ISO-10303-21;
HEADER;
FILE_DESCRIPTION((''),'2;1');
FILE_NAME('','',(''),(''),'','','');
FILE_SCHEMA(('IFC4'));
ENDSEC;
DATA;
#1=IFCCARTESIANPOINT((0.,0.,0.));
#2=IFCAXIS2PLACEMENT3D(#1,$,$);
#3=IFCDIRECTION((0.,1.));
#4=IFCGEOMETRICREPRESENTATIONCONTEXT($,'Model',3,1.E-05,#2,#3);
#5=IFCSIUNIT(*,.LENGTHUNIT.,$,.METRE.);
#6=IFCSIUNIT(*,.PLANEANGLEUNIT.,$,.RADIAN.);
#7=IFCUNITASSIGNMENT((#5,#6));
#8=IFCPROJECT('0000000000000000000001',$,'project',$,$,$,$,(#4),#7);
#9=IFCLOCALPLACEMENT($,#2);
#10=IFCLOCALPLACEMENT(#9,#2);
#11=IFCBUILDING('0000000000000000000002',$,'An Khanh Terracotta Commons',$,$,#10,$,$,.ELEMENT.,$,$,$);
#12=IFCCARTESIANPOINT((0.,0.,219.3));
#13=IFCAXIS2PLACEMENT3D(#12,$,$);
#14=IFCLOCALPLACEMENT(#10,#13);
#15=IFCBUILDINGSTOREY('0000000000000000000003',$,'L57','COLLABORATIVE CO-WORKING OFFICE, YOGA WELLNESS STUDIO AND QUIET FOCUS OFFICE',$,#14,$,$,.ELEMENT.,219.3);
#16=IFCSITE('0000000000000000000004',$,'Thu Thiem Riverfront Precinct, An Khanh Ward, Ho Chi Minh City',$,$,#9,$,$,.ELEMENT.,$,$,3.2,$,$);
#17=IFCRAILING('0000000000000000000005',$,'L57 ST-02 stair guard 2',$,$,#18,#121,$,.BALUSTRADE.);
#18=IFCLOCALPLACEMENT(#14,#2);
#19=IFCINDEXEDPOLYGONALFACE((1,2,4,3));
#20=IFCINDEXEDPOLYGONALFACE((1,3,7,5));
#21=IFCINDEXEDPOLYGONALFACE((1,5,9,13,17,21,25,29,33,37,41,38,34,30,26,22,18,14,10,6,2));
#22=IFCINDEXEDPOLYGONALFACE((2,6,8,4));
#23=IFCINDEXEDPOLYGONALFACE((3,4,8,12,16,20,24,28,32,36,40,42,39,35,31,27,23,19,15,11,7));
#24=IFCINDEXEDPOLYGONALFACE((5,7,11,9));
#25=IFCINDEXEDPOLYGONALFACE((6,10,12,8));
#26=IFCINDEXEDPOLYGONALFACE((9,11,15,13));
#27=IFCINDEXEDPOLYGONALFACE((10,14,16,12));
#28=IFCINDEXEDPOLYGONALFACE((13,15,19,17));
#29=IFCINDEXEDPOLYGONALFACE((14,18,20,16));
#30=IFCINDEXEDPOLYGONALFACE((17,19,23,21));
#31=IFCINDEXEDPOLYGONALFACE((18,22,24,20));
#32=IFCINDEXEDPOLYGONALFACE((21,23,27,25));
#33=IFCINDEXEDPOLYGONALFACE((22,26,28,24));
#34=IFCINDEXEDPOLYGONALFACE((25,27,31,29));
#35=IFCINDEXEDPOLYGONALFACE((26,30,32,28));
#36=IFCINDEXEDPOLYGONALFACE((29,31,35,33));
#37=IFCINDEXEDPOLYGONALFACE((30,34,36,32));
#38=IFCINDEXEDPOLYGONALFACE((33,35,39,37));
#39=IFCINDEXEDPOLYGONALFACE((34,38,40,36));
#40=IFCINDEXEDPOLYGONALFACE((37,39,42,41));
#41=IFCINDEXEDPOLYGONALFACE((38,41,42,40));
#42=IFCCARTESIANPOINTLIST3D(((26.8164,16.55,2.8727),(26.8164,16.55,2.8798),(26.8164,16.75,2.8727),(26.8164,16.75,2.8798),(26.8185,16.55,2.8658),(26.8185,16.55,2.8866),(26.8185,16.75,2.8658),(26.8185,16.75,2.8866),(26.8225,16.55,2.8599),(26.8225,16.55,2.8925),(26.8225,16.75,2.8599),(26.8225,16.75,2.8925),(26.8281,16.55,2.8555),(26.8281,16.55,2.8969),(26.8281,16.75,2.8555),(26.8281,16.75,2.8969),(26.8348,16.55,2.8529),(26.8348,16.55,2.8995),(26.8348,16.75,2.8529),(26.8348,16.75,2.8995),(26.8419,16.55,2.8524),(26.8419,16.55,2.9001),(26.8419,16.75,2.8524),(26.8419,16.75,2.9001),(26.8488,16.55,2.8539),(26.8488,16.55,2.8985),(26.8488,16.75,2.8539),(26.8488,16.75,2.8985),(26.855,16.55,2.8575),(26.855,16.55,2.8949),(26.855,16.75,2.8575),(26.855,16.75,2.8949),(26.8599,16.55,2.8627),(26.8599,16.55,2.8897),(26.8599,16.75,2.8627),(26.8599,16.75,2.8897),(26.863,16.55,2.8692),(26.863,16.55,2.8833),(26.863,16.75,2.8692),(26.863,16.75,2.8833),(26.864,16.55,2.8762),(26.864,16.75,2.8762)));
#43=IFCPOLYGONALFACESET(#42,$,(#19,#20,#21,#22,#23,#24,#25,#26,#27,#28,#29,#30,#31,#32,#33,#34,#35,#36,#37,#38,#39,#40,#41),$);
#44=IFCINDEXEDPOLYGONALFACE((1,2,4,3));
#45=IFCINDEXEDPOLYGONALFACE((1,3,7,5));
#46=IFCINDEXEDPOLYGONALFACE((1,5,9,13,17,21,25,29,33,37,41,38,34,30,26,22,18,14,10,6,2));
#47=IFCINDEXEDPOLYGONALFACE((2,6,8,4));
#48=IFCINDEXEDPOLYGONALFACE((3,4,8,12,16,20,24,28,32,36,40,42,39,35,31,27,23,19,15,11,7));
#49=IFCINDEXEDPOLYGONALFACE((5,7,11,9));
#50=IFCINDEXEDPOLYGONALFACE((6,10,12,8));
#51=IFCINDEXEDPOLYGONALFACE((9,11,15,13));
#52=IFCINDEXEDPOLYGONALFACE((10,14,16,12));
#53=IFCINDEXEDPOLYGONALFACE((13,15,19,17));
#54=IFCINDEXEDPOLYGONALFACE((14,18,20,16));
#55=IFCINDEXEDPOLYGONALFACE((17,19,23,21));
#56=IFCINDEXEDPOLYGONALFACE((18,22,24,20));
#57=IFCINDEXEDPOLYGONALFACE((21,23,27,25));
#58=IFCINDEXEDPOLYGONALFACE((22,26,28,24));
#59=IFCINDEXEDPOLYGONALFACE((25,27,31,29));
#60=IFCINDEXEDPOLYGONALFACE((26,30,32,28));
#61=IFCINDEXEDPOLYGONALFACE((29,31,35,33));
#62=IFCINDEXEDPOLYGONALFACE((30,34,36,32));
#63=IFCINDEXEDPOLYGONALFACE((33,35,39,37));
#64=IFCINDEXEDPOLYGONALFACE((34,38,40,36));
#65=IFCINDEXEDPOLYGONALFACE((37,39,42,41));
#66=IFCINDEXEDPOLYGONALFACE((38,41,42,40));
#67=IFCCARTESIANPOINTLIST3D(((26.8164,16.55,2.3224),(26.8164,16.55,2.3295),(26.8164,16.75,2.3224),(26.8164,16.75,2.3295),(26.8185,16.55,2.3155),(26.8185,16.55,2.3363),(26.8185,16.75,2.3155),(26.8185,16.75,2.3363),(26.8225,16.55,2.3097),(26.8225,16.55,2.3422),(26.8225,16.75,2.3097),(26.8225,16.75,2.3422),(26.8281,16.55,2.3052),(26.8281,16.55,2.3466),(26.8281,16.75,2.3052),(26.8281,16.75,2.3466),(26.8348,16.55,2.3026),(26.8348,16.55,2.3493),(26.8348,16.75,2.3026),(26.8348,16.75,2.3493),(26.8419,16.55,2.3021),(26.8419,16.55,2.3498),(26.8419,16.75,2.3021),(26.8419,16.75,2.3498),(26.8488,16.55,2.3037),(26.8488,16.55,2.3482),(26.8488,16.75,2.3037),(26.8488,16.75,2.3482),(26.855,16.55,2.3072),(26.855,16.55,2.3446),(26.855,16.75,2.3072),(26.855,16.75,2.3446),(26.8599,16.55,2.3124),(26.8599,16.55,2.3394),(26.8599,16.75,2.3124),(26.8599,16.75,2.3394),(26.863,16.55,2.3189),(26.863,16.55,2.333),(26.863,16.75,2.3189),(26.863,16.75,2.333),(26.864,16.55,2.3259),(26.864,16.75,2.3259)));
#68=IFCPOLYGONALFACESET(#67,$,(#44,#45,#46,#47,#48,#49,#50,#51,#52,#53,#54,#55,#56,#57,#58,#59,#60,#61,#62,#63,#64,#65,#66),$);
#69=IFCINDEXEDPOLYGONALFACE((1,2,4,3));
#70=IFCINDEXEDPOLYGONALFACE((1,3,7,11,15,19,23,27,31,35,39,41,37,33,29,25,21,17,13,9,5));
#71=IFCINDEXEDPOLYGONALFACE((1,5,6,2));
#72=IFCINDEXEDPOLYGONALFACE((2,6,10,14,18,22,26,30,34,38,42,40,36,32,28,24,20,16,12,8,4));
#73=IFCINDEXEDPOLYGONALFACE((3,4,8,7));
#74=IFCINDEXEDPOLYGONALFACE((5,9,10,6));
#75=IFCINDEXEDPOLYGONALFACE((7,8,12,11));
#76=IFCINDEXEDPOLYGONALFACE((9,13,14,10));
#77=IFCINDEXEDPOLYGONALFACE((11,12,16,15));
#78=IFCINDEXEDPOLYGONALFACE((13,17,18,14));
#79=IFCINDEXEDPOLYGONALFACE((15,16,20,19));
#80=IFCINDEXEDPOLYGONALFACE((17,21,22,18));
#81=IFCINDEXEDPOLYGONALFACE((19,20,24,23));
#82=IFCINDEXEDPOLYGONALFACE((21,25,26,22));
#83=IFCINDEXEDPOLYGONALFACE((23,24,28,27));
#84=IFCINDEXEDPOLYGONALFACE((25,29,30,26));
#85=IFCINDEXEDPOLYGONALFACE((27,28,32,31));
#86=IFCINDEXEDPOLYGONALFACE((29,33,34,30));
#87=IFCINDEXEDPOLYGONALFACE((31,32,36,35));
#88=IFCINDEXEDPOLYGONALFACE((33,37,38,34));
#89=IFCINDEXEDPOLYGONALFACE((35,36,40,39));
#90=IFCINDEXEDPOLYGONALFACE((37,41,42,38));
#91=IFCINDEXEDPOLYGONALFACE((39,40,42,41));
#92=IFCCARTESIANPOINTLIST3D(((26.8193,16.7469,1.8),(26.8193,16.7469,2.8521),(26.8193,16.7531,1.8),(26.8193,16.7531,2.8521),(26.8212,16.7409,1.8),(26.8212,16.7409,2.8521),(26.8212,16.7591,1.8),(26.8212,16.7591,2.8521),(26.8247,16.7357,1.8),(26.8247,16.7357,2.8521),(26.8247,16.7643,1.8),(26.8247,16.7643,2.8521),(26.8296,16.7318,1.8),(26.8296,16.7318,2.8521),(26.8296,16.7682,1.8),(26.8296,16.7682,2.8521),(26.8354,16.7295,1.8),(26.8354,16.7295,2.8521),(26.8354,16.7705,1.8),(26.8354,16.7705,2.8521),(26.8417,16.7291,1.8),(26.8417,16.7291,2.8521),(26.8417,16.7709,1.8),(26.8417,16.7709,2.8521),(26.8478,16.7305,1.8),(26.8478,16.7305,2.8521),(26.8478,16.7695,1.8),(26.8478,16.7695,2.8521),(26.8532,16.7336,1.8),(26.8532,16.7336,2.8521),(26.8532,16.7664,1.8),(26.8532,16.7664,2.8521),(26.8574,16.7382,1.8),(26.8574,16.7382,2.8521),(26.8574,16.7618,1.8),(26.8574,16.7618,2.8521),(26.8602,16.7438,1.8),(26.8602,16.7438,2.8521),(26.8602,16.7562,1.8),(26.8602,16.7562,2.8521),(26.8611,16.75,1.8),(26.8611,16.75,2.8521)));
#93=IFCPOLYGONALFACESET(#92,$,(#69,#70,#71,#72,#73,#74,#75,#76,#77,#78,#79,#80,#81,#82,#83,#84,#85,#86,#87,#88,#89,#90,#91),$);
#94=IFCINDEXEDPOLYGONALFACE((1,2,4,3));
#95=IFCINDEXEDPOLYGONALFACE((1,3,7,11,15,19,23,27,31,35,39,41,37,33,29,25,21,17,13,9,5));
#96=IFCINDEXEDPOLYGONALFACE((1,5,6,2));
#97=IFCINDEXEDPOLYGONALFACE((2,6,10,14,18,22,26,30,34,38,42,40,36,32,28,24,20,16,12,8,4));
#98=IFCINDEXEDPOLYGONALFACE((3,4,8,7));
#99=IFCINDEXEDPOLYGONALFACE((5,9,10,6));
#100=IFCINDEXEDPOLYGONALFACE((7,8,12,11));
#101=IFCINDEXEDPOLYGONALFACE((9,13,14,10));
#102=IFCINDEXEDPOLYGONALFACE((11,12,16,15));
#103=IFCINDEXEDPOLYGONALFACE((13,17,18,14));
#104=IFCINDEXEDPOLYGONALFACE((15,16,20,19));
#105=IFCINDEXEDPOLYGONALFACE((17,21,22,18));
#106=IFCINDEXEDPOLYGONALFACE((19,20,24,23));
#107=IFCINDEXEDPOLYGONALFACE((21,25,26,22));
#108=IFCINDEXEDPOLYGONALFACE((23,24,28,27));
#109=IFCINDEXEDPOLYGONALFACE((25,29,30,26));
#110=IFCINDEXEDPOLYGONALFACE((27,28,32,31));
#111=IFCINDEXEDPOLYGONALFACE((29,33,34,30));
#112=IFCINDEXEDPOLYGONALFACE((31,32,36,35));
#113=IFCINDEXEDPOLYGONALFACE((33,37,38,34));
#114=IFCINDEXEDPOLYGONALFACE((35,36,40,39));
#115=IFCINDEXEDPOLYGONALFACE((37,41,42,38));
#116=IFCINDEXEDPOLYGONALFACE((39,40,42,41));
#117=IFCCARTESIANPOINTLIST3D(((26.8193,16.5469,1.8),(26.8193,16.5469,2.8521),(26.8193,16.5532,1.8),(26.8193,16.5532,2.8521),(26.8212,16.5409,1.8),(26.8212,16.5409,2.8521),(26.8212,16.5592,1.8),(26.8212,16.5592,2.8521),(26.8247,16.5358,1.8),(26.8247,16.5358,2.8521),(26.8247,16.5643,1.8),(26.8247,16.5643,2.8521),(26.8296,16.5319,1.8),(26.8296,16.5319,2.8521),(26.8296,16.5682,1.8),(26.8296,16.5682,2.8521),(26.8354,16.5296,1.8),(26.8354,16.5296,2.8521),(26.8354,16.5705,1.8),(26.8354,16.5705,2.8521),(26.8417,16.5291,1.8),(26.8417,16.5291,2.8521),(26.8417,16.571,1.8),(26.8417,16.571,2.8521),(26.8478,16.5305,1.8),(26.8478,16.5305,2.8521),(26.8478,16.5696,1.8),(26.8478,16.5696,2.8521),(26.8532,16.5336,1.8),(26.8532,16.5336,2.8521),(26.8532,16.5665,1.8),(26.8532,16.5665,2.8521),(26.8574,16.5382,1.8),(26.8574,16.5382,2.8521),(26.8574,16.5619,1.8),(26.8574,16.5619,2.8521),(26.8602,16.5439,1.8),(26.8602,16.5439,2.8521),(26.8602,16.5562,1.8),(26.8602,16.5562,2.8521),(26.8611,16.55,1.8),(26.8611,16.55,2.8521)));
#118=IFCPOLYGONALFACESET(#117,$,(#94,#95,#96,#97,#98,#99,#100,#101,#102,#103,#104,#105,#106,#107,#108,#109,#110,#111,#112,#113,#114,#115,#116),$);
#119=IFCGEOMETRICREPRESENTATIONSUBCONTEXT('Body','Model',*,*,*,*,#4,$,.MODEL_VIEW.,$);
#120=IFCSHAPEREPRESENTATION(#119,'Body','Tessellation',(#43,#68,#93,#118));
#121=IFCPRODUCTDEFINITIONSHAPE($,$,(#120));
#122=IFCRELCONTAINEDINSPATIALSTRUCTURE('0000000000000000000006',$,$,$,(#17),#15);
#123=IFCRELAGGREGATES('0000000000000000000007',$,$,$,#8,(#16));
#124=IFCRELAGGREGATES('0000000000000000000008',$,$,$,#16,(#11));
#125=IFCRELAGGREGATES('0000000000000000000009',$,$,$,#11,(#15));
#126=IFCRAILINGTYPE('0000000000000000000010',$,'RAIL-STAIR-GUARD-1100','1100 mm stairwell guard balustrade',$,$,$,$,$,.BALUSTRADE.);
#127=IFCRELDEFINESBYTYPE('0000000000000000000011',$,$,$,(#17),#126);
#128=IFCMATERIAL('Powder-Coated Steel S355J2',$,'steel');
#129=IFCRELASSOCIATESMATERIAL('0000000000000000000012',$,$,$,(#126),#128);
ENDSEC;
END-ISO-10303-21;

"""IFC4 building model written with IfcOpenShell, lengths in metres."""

from ifc_helpers import new_model, si_unit, direction, frame, origin, origin_2d, place, context, subcontext, project, spatial, circle, extrude, material, type_object, element, save


model = new_model("IFC4")

# Units and contexts
model_context = context("Model", 3, precision=1e-05, world=origin(), true_north=direction((0.0, 1.0)))
body_context = subcontext(model_context, "Body", "Model", "MODEL_VIEW")
ifc_project = project(units=[si_unit("LENGTHUNIT", "METRE"), si_unit("PLANEANGLEUNIT", "RADIAN")], contexts=[model_context])

# Site, building, storey
site_placement = place(None, origin())
site = spatial("IfcSite", under=ifc_project, at=site_placement, Name="Thu Thiem Riverfront Precinct, An Khanh Ward, Ho Chi Minh City", CompositionType="ELEMENT", RefElevation=3.2)
building_placement = place(site_placement, origin())
building = spatial("IfcBuilding", under=site, at=building_placement, Name="An Khanh Terracotta Commons", CompositionType="ELEMENT")
storey_placement = place(building_placement, frame((0.0, 0.0, 219.3)))
storey = spatial("IfcBuildingStorey", under=building, at=storey_placement, Name="L57", Description="COLLABORATIVE CO-WORKING OFFICE, YOGA WELLNESS STUDIO AND QUIET FOCUS OFFICE", CompositionType="ELEMENT", Elevation=219.3)

# Railing
ifc_material_1 = material(Name="Powder-Coated Steel S355J2", Category="steel")
railing_type_1 = type_object("IfcRailingType", Name="RAIL-STAIR-GUARD-1100", Description="1100 mm stairwell guard balustrade", PredefinedType="BALUSTRADE", material=ifc_material_1)
railing_1_placement = place(storey_placement, frame((26.8401, 16.75, 1.8)))
element("IfcRailing", 1, at=railing_1_placement, inside=storey, type_object=railing_type_1, Name="L57 ST-02 stair guard 2", PredefinedType="BALUSTRADE", context=body_context, shape_type="SweptSolid", body=[
    extrude(circle(Radius=0.0239, at=origin_2d()), frame((0.0, 0.0, 1.0762), z_axis=(0.0, -1.0, 0.0), x_axis=(1.0, 0.0, 0.0)), (0.0, 0.0, 1.0), 0.2),
    extrude(circle(Radius=0.0239, at=origin_2d()), frame((0.0, 0.0, 0.5259), z_axis=(0.0, -1.0, 0.0), x_axis=(1.0, 0.0, 0.0)), (0.0, 0.0, 1.0), 0.2),
    extrude(circle(Radius=0.021, at=origin_2d()), origin(), (0.0, 0.0, 1.0), 1.052),
    extrude(circle(Radius=0.021, at=origin_2d()), frame((0.0, -0.2, 0.0)), (0.0, 0.0, 1.0), 1.052),
])

save(model, "model.ifc")
